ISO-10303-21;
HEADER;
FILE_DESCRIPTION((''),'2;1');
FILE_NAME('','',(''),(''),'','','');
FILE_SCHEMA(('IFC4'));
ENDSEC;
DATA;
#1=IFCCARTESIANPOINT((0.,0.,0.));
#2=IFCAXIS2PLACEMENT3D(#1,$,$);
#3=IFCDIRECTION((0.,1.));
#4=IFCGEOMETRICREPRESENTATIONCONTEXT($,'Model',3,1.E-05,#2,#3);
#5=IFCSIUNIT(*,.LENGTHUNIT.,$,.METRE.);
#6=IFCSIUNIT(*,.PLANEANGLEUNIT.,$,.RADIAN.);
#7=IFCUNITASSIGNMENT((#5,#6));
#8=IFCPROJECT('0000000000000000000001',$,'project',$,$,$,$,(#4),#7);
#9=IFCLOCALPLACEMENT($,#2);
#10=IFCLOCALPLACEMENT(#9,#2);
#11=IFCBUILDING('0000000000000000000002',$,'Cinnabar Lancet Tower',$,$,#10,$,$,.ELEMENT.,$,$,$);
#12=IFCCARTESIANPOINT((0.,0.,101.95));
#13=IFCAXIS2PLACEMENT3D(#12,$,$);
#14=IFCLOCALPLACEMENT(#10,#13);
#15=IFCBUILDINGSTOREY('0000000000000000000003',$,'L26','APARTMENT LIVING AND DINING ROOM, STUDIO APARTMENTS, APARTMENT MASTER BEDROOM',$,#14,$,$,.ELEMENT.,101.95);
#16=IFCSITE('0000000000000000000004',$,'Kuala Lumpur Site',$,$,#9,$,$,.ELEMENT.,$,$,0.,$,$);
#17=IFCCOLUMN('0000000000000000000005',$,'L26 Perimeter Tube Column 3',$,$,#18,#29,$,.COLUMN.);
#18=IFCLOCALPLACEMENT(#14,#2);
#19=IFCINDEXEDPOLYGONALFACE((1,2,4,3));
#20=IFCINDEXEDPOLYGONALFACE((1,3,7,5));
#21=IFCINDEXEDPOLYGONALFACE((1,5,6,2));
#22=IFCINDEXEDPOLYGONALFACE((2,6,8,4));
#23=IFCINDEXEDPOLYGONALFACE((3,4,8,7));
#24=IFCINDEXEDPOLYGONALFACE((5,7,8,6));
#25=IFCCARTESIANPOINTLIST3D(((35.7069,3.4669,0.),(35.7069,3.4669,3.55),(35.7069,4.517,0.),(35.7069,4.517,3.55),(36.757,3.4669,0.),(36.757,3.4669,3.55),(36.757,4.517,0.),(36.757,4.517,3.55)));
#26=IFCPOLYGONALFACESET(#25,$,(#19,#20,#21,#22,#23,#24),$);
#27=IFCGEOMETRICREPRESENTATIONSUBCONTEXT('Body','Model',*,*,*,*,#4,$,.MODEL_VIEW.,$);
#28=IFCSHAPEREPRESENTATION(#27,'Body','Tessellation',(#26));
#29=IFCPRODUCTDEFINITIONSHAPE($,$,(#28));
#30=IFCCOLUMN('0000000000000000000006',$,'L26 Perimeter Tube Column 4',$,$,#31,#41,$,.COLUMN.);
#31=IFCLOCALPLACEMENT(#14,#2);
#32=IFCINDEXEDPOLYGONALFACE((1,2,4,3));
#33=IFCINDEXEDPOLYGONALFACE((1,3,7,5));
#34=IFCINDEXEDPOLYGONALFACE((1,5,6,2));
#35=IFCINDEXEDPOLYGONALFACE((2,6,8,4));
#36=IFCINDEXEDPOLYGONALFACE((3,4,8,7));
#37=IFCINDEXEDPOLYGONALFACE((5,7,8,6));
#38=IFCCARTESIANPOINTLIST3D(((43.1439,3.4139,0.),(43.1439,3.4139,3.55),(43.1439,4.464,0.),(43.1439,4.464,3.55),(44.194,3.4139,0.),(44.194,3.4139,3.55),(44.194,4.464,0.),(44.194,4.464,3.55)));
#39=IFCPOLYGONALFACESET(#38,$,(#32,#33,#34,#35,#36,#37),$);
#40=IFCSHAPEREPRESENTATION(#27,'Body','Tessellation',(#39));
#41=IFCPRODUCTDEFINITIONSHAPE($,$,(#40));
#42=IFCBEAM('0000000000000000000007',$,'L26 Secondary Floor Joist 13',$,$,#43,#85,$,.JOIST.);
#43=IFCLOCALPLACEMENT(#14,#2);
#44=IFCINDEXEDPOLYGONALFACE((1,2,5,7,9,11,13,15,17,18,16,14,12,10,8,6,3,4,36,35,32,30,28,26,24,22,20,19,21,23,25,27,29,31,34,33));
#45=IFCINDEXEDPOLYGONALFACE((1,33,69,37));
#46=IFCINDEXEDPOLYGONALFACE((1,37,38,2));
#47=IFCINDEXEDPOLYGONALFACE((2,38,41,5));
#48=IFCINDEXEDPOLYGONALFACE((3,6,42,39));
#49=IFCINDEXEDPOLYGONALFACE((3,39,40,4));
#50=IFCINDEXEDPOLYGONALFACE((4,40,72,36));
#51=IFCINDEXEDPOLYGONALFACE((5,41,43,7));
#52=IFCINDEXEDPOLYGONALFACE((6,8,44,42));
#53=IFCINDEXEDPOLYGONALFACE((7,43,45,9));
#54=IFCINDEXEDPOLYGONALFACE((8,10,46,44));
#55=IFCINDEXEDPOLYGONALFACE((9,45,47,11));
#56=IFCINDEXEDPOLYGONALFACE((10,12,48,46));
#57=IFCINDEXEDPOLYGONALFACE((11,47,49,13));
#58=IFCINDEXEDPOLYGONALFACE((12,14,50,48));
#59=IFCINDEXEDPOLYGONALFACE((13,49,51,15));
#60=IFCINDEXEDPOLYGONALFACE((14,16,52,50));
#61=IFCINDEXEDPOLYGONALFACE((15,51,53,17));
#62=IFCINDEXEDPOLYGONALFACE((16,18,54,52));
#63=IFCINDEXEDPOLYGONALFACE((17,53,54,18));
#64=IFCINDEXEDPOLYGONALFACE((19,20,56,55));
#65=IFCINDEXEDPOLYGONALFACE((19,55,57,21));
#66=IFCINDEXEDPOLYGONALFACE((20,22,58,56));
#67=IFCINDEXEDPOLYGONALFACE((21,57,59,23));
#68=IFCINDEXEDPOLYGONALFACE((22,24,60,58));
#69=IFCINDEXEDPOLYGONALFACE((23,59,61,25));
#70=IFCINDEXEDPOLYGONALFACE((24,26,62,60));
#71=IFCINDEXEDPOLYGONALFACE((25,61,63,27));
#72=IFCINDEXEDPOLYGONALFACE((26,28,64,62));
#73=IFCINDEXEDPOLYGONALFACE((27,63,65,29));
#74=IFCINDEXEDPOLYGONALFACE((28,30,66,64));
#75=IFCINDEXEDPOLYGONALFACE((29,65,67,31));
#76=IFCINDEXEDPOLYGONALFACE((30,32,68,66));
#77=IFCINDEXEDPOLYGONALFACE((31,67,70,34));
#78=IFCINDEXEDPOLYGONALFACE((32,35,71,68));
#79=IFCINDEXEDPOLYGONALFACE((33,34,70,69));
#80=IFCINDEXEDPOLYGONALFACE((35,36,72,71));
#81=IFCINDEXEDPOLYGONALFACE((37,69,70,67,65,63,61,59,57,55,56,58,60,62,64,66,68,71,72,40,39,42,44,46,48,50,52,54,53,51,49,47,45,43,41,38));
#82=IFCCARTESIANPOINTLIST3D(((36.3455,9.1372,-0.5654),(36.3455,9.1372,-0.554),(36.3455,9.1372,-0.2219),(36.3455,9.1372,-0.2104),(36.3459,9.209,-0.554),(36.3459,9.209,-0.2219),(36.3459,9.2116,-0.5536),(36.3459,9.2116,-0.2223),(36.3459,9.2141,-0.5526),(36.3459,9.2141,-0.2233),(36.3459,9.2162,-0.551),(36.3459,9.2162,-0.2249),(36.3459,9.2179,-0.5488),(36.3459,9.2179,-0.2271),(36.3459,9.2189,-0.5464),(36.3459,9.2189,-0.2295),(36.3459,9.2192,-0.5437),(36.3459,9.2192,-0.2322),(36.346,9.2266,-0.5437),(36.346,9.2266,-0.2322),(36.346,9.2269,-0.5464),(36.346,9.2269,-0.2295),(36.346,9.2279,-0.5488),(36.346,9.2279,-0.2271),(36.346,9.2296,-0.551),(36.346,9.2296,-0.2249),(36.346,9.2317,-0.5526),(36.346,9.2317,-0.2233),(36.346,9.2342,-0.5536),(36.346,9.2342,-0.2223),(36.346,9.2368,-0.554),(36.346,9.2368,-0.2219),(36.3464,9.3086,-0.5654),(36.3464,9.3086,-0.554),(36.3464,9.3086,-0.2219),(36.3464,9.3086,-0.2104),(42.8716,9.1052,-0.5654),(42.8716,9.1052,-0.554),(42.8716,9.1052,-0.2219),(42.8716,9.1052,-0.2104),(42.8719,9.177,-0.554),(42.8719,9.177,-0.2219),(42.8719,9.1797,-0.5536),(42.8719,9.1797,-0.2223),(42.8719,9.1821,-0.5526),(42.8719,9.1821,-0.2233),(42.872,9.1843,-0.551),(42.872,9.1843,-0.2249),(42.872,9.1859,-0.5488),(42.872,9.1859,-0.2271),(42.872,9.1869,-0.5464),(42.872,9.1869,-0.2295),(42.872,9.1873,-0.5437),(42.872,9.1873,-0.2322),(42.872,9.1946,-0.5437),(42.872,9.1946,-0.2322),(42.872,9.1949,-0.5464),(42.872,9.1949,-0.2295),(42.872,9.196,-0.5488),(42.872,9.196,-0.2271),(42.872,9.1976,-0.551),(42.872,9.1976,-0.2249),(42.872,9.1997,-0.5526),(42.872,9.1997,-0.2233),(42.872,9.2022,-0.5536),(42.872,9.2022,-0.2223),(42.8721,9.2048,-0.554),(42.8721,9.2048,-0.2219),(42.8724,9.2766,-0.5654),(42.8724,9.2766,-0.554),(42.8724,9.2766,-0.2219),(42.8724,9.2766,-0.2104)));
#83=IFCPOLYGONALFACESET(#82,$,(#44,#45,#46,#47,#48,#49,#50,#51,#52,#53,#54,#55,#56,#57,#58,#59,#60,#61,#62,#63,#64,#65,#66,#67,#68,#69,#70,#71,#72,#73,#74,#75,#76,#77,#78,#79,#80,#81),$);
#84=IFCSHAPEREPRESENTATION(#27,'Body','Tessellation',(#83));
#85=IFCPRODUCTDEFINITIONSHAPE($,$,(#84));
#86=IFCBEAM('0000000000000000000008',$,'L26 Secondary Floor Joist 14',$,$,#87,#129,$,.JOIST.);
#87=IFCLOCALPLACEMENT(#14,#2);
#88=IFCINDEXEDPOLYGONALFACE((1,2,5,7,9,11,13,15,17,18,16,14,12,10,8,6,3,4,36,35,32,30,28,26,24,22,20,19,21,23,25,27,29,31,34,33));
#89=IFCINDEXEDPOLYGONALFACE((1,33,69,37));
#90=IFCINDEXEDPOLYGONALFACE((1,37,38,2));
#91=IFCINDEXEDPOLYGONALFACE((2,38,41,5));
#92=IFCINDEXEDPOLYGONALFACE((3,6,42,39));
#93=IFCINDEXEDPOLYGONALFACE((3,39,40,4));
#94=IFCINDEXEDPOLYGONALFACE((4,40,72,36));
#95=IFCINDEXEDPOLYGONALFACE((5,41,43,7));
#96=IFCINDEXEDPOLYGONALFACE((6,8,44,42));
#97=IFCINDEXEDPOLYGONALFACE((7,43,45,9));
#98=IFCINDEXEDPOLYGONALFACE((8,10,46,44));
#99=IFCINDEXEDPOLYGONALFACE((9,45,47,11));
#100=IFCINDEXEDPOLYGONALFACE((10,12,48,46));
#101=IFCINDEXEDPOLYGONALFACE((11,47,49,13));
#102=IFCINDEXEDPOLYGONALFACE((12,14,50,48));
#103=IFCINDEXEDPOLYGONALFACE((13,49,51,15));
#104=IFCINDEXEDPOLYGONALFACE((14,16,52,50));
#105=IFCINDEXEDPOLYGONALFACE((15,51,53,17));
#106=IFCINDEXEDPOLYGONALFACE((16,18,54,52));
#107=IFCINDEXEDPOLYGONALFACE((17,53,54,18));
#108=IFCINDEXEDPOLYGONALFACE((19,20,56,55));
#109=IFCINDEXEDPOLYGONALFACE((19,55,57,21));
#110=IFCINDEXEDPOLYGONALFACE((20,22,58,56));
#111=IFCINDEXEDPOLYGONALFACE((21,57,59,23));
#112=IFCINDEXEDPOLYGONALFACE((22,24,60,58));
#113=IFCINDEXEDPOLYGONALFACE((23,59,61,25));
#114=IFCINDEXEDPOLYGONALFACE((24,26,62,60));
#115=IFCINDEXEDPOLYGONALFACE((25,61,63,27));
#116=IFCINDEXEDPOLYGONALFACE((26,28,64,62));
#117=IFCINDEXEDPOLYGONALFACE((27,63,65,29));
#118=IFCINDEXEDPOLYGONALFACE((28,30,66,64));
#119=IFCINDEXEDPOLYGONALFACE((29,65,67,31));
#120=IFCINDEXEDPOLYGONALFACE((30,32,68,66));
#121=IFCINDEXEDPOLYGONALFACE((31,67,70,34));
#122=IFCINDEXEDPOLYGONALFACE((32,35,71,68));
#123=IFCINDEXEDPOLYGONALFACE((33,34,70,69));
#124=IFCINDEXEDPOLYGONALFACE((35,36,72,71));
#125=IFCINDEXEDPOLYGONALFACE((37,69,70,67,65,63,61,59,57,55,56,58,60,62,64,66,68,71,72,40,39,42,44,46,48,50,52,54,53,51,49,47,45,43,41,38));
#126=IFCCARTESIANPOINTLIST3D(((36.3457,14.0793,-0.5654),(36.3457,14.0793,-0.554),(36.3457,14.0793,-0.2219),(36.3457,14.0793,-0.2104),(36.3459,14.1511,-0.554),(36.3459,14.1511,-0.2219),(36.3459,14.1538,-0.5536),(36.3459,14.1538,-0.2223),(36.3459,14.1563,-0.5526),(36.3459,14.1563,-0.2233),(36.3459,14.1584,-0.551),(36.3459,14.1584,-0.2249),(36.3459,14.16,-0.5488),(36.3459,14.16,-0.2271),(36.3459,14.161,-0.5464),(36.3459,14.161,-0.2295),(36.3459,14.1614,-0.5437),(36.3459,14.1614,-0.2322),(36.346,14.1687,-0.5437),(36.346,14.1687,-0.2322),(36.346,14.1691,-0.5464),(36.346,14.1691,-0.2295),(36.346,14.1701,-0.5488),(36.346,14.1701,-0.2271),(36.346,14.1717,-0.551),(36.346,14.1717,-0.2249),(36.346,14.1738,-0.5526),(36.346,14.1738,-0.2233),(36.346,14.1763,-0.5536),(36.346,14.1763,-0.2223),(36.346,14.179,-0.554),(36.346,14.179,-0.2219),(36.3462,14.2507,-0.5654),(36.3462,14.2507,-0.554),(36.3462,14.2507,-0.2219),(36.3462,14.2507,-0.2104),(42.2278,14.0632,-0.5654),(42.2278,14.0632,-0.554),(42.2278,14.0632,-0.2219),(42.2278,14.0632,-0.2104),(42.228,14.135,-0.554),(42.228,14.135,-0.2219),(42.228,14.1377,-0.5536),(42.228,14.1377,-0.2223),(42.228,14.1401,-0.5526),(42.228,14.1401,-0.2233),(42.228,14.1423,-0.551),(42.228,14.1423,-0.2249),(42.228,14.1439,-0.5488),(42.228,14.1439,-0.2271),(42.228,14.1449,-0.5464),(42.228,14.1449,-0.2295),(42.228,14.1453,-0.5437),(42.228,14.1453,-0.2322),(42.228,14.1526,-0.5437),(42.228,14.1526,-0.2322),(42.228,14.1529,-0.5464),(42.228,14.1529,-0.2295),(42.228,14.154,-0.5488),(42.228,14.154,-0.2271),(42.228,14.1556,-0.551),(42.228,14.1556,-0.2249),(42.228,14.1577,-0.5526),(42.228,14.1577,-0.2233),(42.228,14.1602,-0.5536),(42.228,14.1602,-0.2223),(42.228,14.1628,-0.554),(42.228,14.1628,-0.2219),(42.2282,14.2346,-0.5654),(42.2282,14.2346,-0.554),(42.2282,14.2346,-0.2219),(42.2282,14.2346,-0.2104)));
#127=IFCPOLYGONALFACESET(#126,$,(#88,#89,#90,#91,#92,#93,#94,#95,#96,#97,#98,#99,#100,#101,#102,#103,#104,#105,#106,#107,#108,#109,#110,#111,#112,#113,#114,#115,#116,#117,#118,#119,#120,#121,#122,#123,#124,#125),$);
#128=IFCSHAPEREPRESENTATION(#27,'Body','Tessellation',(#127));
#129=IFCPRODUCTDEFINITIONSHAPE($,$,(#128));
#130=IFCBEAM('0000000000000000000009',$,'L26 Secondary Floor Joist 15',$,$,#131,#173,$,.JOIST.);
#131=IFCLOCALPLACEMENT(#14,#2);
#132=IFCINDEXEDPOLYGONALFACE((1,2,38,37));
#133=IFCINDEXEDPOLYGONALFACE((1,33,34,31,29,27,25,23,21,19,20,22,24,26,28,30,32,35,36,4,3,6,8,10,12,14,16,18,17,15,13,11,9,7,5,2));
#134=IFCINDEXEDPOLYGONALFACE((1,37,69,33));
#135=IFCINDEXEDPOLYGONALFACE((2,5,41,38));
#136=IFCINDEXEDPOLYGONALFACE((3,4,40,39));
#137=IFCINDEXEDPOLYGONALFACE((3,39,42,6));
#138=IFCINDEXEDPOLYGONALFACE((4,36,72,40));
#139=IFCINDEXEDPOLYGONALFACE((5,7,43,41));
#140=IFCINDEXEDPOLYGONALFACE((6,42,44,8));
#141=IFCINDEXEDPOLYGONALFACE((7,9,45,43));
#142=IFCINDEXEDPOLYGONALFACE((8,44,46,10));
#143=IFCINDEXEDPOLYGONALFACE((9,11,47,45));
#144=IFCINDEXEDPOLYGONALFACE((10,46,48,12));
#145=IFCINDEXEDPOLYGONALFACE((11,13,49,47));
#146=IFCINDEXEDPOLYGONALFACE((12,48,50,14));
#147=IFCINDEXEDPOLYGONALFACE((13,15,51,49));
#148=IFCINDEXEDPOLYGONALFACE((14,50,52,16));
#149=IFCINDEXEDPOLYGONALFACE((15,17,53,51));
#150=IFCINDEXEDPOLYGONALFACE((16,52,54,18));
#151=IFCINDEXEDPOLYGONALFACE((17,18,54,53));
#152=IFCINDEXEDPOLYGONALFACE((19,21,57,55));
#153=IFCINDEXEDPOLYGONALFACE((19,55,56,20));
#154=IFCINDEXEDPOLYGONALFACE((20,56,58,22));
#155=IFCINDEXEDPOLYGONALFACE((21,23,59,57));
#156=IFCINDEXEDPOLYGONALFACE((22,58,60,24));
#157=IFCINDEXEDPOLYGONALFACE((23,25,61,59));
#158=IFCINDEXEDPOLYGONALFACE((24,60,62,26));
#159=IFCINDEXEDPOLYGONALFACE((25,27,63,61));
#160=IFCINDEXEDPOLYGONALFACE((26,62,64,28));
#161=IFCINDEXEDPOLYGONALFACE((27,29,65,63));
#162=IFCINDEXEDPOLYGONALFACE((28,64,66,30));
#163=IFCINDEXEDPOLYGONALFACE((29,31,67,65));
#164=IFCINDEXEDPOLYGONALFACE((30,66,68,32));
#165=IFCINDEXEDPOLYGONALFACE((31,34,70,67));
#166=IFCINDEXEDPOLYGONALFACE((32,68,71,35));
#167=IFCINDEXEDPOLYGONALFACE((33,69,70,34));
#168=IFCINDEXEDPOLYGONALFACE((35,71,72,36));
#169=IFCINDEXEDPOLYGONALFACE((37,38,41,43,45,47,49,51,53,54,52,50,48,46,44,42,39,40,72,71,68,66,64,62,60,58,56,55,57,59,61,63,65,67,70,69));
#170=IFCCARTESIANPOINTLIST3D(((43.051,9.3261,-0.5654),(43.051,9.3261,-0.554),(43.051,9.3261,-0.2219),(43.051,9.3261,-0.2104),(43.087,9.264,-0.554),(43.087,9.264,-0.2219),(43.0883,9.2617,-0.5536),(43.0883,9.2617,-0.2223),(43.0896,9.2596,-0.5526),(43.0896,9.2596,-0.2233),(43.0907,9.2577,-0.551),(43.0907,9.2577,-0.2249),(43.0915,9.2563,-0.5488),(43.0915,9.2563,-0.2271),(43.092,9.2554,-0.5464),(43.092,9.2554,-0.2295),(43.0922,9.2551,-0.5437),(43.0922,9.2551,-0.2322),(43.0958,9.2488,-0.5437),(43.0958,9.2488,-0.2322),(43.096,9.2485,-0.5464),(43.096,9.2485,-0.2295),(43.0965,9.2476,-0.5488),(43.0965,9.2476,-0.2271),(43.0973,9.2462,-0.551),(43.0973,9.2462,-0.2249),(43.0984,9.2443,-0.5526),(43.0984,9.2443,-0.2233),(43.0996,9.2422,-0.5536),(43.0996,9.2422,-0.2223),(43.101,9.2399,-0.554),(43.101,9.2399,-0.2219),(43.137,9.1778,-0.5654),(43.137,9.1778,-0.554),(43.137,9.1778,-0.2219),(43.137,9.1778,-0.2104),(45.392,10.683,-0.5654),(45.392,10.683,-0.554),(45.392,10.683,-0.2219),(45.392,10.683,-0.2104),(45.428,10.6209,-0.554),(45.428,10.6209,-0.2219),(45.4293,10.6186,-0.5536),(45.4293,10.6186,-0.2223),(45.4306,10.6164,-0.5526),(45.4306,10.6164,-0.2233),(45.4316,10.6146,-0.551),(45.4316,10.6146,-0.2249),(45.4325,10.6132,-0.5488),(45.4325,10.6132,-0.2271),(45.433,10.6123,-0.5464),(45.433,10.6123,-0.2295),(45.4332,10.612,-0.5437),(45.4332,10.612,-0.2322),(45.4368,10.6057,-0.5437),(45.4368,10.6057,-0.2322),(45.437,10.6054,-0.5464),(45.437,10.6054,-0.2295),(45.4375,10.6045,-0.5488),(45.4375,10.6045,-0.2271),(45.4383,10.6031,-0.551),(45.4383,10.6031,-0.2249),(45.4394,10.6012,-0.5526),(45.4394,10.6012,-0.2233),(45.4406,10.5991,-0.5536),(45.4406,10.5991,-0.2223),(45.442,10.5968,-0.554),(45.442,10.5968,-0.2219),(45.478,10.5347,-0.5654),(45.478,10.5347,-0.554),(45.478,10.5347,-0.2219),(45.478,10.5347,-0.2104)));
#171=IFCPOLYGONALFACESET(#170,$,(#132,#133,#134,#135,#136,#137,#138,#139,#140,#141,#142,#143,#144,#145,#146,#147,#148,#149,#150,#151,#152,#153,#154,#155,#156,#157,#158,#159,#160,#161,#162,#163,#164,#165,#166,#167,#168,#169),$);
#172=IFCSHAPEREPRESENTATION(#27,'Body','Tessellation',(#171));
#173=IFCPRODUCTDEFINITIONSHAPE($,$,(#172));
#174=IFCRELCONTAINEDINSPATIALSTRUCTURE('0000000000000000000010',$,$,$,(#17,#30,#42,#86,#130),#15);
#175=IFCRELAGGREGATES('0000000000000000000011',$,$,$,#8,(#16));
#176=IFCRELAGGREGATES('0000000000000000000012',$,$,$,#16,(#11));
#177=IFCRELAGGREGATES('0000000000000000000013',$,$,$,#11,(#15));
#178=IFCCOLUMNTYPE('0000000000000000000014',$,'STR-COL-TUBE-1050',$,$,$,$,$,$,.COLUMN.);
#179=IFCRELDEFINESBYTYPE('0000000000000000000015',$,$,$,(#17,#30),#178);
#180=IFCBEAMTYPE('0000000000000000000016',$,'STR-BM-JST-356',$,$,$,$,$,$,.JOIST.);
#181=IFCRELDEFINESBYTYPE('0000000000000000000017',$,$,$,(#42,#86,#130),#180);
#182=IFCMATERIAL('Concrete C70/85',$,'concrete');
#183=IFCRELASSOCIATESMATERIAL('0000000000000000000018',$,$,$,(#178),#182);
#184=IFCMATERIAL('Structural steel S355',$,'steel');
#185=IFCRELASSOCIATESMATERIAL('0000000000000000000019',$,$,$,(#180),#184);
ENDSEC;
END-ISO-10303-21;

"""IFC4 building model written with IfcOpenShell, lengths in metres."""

from ifc_helpers import new_model, si_unit, direction, frame, origin, origin_2d, place, context, subcontext, project, spatial, rectangle, i_section, extrude, material, material_profile, profile_set, type_object, element, save


model = new_model("IFC4")

# Units and contexts
model_context = context("Model", 3, precision=1e-05, world=origin(), true_north=direction((0.0, 1.0)))
body_context = subcontext(model_context, "Body", "Model", "MODEL_VIEW")
ifc_project = project(units=[si_unit("LENGTHUNIT", "METRE"), si_unit("PLANEANGLEUNIT", "RADIAN")], contexts=[model_context])

# Site, building, storey
site_placement = place(None, origin())
site = spatial("IfcSite", under=ifc_project, at=site_placement, Name="Kuala Lumpur Site", CompositionType="ELEMENT", RefElevation=0.0)
building_placement = place(site_placement, origin())
building = spatial("IfcBuilding", under=site, at=building_placement, Name="Cinnabar Lancet Tower", CompositionType="ELEMENT")
storey_placement = place(building_placement, frame((0.0, 0.0, 101.95)))
storey = spatial("IfcBuildingStorey", under=building, at=storey_placement, Name="L26", Description="APARTMENT LIVING AND DINING ROOM, STUDIO APARTMENTS, APARTMENT MASTER BEDROOM", CompositionType="ELEMENT", Elevation=101.95)

# Columns
ifc_material_1 = material(Name="Concrete C70/85", Category="concrete")
ifc_material_profile_1 = material_profile(ifc_material_1, rectangle(XDim=1.05, YDim=1.05, at=origin_2d()), Name="RC-COL 1050x1050")
ifc_profile_set_1 = profile_set([ifc_material_profile_1], Name="Concrete C70/85")
column_type = type_object("IfcColumnType", Name="STR-COL-TUBE-1050", PredefinedType="COLUMN", material=ifc_profile_set_1)
for number, where, z_axis, x_axis, name in (
    (1, (36.2319, 3.9919, 0.0), (0.0, 0.0, 1.0), (1.0, 0.0, 0.0), "L26 Perimeter Tube Column 3"),
    (2, (43.6689, 3.939, 0.0), (0.0, 0.0, 1.0), (1.0, 0.0, 0.0), "L26 Perimeter Tube Column 4"),
):
    element("IfcColumn", number, at=place(storey_placement, frame(where, z_axis=z_axis, x_axis=x_axis)), inside=storey, type_object=column_type, Name=name, PredefinedType="COLUMN", context=body_context, shape_type="SweptSolid", body=[
        extrude(rectangle(XDim=1.05, YDim=1.05, at=origin_2d()), origin(), (0.0, 0.0, 1.0), 3.55),
    ])

# Beams
ifc_material_2 = material(Name="Structural steel S355", Category="steel")
ifc_material_profile_2 = material_profile(ifc_material_2, i_section(OverallWidth=0.1714, OverallDepth=0.355, WebThickness=0.0073, FlangeThickness=0.0115, FilletRadius=0.0103, at=origin_2d()), Name="UKB 356x171x51")
ifc_profile_set_2 = profile_set([ifc_material_profile_2], Name="Structural steel S355")
beam_type_1 = type_object("IfcBeamType", Name="STR-BM-JST-356", PredefinedType="JOIST", material=ifc_profile_set_2)
beam_1_placement = place(storey_placement, frame((36.3459, 9.2229, -0.3879), z_axis=(0.999988, -0.004901, 0.0), x_axis=(0.004901, 0.999988, 0.0)))
element("IfcBeam", 3, at=beam_1_placement, inside=storey, type_object=beam_type_1, Name="L26 Secondary Floor Joist 13", PredefinedType="JOIST", context=body_context, shape_type="SweptSolid", body=[
    extrude(i_section(OverallWidth=0.1714, OverallDepth=0.355, WebThickness=0.0073, FlangeThickness=0.0115, FilletRadius=0.0103, at=origin_2d()), origin(), (0.0, 0.0, 1.0), 6.5261),
])
beam_2_placement = place(storey_placement, frame((36.3459, 14.165, -0.3879), z_axis=(0.999996, -0.002739, 0.0), x_axis=(0.002739, 0.999996, 0.0)))
element("IfcBeam", 4, at=beam_2_placement, inside=storey, type_object=beam_type_1, Name="L26 Secondary Floor Joist 14", PredefinedType="JOIST", context=body_context, shape_type="SweptSolid", body=[
    extrude(i_section(OverallWidth=0.1714, OverallDepth=0.355, WebThickness=0.0073, FlangeThickness=0.0115, FilletRadius=0.0103, at=origin_2d()), origin(), (0.0, 0.0, 1.0), 5.8821),
])
beam_3_placement = place(storey_placement, frame((43.094, 9.252, -0.3879), z_axis=(0.865173, 0.501474, 0.0), x_axis=(-0.501474, 0.865173, 0.0)))
element("IfcBeam", 5, at=beam_3_placement, inside=storey, type_object=beam_type_1, Name="L26 Secondary Floor Joist 15", PredefinedType="JOIST", context=body_context, shape_type="SweptSolid", body=[
    extrude(i_section(OverallWidth=0.1714, OverallDepth=0.355, WebThickness=0.0073, FlangeThickness=0.0115, FilletRadius=0.0103, at=origin_2d()), origin(), (0.0, 0.0, 1.0), 2.7058),
])

save(model, "model.ifc")
